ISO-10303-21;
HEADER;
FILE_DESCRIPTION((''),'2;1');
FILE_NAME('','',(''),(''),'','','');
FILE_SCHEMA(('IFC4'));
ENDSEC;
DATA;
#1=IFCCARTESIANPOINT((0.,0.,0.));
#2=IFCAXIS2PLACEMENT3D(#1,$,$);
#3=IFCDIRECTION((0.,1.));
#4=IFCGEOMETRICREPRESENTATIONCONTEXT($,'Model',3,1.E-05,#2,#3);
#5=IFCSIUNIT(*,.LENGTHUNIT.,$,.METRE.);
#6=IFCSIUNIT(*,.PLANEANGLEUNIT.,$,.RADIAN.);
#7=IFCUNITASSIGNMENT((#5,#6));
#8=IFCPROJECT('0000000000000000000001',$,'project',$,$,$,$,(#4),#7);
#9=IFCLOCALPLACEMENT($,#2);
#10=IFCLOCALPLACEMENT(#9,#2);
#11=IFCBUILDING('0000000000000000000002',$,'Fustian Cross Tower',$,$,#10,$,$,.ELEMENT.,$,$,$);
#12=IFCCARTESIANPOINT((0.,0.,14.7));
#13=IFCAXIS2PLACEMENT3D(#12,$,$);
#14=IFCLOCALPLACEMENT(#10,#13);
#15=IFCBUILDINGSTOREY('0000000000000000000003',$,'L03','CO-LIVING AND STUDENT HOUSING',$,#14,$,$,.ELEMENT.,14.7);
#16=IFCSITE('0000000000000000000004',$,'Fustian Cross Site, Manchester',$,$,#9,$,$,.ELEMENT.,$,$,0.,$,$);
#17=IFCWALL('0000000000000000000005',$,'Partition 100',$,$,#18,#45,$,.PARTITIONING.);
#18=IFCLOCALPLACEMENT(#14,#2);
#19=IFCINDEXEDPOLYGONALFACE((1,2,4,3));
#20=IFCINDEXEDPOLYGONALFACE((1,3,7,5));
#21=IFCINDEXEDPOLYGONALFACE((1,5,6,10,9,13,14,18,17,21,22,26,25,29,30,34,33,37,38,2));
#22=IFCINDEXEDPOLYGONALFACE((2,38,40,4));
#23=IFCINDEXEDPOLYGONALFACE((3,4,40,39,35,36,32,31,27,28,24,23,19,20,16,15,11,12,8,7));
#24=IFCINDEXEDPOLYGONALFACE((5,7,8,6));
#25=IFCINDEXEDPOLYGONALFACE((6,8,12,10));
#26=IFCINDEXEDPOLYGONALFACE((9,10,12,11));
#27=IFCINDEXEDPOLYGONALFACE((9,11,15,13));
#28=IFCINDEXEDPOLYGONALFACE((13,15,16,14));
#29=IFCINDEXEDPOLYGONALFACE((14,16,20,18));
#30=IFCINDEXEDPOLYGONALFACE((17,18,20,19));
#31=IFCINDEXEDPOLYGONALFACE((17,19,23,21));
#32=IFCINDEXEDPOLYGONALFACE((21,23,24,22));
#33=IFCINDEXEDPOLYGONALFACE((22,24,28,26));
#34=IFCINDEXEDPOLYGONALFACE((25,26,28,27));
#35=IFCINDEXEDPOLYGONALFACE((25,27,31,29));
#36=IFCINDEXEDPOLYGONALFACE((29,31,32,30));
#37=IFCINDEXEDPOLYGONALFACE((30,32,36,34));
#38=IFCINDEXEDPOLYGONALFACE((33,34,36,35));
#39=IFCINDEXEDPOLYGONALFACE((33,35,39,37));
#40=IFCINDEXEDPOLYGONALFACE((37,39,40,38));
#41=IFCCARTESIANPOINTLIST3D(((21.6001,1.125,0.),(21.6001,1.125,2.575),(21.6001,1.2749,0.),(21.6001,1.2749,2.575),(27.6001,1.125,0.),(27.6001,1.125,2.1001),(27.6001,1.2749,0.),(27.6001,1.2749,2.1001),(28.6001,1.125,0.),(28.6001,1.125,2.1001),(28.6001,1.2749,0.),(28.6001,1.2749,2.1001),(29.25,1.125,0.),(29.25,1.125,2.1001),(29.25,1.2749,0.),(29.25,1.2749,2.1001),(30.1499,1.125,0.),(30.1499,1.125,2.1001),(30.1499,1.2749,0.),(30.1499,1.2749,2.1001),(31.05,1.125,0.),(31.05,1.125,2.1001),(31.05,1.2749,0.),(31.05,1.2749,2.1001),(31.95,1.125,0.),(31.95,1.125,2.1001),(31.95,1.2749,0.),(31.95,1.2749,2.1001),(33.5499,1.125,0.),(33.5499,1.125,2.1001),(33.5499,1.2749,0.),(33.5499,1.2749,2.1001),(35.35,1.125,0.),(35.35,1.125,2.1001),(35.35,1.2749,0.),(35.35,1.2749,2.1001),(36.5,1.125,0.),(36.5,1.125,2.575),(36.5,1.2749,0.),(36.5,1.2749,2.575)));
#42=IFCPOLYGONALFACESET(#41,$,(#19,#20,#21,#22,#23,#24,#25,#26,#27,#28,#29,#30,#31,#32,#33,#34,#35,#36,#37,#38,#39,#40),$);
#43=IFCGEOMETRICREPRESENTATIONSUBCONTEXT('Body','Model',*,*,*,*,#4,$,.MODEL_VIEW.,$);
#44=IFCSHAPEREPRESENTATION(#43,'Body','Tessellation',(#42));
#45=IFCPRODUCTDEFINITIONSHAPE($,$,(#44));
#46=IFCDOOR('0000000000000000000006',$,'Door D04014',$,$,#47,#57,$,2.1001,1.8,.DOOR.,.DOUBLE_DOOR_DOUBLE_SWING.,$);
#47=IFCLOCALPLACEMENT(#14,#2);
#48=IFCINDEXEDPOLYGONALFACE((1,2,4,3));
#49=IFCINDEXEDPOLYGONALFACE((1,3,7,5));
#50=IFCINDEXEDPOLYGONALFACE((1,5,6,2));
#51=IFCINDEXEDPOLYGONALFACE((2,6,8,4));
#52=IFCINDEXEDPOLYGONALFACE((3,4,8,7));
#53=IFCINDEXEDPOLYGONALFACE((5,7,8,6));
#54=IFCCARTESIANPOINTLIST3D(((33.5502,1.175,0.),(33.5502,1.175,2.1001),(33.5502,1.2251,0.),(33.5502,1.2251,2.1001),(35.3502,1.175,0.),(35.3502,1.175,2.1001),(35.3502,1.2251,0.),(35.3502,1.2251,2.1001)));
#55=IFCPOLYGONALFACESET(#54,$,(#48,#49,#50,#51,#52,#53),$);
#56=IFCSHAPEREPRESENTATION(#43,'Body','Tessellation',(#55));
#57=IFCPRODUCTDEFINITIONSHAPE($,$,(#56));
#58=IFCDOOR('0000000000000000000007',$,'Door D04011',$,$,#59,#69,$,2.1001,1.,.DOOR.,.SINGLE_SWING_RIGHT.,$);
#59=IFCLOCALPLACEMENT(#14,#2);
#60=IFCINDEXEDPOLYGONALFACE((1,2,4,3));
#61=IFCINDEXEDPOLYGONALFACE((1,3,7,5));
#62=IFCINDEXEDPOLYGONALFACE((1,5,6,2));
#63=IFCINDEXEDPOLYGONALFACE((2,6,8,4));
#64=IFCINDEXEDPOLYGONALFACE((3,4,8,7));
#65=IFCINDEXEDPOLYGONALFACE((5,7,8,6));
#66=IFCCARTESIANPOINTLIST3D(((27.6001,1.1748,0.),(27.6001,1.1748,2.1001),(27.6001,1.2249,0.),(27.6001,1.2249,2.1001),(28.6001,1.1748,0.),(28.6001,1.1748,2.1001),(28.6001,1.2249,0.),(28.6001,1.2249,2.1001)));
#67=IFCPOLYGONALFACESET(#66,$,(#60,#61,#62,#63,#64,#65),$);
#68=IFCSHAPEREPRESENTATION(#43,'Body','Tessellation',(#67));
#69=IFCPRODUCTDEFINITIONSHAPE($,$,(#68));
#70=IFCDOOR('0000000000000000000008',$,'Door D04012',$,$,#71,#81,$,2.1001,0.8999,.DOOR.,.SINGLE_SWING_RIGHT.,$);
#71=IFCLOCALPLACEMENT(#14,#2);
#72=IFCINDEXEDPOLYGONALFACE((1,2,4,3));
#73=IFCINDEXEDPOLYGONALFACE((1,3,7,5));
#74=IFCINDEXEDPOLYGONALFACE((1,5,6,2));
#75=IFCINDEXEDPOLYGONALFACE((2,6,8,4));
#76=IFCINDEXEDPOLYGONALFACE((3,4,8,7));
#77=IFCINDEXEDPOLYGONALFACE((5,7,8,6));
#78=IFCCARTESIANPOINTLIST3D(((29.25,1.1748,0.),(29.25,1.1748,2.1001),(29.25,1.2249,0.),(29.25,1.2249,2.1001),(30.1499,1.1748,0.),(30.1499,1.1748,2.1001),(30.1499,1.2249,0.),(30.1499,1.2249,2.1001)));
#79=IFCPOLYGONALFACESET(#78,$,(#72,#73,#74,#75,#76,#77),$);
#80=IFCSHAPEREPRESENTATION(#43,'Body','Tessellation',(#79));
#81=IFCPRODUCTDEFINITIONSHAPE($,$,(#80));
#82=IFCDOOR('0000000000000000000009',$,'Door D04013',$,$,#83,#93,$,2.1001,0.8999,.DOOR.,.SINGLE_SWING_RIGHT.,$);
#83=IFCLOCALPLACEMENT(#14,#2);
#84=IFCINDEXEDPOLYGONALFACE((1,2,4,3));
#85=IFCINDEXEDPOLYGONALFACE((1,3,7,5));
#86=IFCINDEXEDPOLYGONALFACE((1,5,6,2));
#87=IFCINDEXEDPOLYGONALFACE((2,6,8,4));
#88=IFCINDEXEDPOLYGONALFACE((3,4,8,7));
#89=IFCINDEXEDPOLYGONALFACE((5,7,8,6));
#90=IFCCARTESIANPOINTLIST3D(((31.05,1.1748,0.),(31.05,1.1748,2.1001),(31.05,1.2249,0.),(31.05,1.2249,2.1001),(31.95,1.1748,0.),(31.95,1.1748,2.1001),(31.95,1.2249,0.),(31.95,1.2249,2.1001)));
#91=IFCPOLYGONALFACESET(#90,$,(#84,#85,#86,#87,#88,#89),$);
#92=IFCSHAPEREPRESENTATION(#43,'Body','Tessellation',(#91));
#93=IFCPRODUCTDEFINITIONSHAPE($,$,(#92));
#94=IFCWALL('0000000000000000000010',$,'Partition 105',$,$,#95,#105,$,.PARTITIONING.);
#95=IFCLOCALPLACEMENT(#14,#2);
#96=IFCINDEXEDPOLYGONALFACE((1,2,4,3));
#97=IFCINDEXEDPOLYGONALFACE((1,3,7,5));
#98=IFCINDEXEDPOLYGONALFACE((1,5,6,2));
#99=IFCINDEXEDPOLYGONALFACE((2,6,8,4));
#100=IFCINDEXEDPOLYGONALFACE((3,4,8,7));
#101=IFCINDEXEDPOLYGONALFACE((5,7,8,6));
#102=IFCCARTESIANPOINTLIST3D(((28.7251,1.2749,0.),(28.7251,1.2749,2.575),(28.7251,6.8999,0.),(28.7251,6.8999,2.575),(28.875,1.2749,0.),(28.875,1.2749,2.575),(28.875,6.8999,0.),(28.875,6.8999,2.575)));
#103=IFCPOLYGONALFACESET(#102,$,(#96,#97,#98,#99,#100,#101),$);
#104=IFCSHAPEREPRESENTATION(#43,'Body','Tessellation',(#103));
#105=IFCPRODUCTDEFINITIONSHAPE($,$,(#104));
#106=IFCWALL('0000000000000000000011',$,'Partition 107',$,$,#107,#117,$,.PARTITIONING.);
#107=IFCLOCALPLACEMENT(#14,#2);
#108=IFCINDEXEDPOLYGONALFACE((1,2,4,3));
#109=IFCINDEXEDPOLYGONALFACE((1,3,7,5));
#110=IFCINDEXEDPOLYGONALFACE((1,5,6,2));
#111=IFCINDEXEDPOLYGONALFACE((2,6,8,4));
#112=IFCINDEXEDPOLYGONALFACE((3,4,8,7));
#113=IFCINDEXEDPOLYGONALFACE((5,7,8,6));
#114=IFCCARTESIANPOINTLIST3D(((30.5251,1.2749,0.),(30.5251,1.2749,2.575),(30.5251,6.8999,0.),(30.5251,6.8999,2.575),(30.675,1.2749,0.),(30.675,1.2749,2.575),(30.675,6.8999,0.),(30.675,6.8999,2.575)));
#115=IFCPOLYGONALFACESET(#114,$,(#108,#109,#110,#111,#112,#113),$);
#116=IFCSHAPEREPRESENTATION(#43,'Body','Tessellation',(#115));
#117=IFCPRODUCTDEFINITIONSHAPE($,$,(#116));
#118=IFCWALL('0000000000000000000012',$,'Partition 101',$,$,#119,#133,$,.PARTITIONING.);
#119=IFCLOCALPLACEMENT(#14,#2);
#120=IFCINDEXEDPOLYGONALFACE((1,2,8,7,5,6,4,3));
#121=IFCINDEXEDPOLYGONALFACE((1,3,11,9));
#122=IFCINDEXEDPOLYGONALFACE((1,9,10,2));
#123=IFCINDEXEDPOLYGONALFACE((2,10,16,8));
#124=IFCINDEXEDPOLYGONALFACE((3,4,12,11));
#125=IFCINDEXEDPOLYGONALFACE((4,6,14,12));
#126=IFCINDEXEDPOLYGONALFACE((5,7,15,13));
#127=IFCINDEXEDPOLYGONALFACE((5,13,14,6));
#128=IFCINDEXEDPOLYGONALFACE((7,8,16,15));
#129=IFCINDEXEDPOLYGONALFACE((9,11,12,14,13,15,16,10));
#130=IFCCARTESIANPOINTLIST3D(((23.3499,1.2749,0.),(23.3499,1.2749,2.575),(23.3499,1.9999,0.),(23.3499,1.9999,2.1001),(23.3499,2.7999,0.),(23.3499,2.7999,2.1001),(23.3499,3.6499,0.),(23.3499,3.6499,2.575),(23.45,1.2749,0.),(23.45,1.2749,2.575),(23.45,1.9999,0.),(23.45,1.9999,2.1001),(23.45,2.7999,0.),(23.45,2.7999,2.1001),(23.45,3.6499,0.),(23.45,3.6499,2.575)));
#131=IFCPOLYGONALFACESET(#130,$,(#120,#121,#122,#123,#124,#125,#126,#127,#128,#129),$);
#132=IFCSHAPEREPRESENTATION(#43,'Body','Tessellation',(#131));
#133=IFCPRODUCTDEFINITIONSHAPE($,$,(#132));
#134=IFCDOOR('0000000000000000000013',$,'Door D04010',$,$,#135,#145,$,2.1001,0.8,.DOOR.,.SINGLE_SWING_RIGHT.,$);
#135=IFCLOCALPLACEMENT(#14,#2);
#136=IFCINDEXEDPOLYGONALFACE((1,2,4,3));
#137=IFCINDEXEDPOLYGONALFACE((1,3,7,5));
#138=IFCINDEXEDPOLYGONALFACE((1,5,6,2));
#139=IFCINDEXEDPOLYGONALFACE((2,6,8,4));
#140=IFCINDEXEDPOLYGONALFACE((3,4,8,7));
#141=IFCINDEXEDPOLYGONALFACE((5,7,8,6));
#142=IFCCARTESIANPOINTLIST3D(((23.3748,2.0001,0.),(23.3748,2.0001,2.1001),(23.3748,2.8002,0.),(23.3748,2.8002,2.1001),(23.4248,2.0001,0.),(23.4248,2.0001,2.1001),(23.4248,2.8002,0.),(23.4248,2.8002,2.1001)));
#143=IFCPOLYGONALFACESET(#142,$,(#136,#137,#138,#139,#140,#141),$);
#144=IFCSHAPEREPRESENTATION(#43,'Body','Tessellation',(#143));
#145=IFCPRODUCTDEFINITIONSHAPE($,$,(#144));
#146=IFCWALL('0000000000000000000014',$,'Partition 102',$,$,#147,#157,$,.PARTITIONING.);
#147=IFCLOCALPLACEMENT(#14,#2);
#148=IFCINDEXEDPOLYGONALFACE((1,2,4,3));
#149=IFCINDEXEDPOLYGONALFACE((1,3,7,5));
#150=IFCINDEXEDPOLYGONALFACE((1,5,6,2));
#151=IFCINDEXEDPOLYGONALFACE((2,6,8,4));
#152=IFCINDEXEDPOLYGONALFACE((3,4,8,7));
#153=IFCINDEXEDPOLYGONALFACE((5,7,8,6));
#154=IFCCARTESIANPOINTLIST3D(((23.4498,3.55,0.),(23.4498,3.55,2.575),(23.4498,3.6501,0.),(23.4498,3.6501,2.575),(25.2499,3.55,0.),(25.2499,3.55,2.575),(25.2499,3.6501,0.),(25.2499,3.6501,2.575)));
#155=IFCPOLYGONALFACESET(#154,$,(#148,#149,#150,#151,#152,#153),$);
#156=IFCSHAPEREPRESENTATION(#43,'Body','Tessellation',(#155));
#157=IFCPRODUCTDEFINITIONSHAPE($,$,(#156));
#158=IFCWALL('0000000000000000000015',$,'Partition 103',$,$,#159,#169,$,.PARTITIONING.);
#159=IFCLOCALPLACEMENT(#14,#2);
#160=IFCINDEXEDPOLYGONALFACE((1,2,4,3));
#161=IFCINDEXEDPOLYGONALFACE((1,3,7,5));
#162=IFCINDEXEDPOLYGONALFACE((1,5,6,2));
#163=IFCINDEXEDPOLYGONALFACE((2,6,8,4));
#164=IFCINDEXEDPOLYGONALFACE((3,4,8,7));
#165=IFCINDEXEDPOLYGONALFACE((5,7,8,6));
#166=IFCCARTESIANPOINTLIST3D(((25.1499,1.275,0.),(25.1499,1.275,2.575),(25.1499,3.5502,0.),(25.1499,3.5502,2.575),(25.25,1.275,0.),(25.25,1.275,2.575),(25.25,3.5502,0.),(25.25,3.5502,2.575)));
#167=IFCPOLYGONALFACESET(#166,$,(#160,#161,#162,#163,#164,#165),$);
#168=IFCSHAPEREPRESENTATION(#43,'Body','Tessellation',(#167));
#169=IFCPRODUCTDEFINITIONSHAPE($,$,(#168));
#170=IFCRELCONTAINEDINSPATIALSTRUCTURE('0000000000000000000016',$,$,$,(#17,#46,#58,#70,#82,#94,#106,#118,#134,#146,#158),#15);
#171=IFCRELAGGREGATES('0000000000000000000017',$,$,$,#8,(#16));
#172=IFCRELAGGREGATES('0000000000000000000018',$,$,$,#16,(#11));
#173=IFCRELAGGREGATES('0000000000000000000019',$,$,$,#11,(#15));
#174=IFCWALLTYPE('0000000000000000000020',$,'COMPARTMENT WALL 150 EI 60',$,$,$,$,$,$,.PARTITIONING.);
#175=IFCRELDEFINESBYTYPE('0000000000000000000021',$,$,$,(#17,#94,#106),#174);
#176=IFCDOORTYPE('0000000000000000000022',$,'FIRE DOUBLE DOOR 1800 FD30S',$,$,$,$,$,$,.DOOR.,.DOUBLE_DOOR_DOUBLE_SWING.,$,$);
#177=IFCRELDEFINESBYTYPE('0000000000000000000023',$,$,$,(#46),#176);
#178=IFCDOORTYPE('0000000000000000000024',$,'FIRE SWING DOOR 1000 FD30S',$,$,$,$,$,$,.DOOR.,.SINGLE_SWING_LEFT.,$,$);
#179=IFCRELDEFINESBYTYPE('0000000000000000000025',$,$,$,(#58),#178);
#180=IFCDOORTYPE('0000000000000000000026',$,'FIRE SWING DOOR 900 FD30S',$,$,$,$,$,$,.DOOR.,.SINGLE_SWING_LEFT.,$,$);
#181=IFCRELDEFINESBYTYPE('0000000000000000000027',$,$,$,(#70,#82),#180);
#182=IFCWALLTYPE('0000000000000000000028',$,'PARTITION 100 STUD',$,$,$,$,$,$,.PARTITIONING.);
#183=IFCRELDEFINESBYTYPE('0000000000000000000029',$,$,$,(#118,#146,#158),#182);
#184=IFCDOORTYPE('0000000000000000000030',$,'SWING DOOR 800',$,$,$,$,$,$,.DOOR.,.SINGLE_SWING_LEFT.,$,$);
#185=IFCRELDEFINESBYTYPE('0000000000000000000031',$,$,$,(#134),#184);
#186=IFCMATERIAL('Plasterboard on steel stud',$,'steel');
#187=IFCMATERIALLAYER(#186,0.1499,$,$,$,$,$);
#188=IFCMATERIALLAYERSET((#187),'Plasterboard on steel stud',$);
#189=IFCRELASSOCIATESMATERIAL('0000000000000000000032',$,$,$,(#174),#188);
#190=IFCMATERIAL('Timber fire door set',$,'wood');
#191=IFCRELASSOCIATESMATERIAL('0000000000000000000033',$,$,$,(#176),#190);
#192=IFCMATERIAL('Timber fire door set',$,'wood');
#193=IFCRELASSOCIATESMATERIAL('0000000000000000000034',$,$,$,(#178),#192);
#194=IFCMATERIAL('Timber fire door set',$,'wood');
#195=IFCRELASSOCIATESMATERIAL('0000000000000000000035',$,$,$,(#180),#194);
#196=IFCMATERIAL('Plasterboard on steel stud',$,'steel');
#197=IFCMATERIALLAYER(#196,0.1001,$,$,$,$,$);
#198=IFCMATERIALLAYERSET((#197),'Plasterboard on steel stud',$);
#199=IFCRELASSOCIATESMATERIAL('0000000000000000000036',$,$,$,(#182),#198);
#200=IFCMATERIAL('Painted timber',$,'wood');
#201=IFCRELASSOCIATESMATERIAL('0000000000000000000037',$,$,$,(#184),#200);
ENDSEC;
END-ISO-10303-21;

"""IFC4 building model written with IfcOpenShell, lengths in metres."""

from ifc_helpers import new_model, si_unit, direction, frame, frame_2d, origin, place, context, subcontext, project, spatial, rectangle, extrude, material, layer, layer_set, type_object, element, fill, save


model = new_model("IFC4")

# Units and contexts
model_context = context("Model", 3, precision=1e-05, world=origin(), true_north=direction((0.0, 1.0)))
body_context = subcontext(model_context, "Body", "Model", "MODEL_VIEW")
ifc_project = project(units=[si_unit("LENGTHUNIT", "METRE"), si_unit("PLANEANGLEUNIT", "RADIAN")], contexts=[model_context])

# Site, building, storey
site_placement = place(None, origin())
site = spatial("IfcSite", under=ifc_project, at=site_placement, Name="Fustian Cross Site, Manchester", CompositionType="ELEMENT", RefElevation=0.0)
building_placement = place(site_placement, origin())
building = spatial("IfcBuilding", under=site, at=building_placement, Name="Fustian Cross Tower", CompositionType="ELEMENT")
storey_placement = place(building_placement, frame((0.0, 0.0, 14.7)))
storey = spatial("IfcBuildingStorey", under=building, at=storey_placement, Name="L03", Description="CO-LIVING AND STUDENT HOUSING", CompositionType="ELEMENT", Elevation=14.7)

# Wall, openings, doors
ifc_material_1 = material(Name="Plasterboard on steel stud", Category="steel")
ifc_layer_1 = layer(ifc_material_1, 0.1499)
ifc_layer_set_1 = layer_set([ifc_layer_1], Name="Plasterboard on steel stud")
wall_type_1 = type_object("IfcWallType", Name="COMPARTMENT WALL 150 EI 60", PredefinedType="PARTITIONING", material=ifc_layer_set_1)
wall_1_placement = place(storey_placement, frame((21.6001, 1.2, 0.0), z_axis=(0.0, 0.0, 1.0), x_axis=(1.0, 0.0, 0.0)))
wall_1 = element("IfcWall", 1, at=wall_1_placement, inside=storey, type_object=wall_type_1, Name="Partition 100", PredefinedType="PARTITIONING", context=body_context, shape_type="SweptSolid", body=[
    extrude(rectangle(XDim=14.8999, YDim=0.1499, at=frame_2d((7.45, 0.0))), origin(), (0.0, 0.0, 1.0), 2.575),
])
opening_1_placement = place(wall_1_placement, frame((6.0, 0.0, 0.0)))
opening_1 = element("IfcOpeningElement", 2, at=opening_1_placement, cuts=wall_1, PredefinedType="OPENING", context=body_context, shape_type="SweptSolid", body=[
    extrude(rectangle(XDim=1.0, YDim=2.1001, at=frame_2d((0.5, 1.05))), frame((0.0, 0.085, 0.0), z_axis=(0.0, -1.0, 0.0), x_axis=(1.0, 0.0, 0.0)), (0.0, 0.0, 1.0), 0.1699),
])
opening_2_placement = place(wall_1_placement, frame((7.6499, 0.0, 0.0)))
opening_2 = element("IfcOpeningElement", 3, at=opening_2_placement, cuts=wall_1, PredefinedType="OPENING", context=body_context, shape_type="SweptSolid", body=[
    extrude(rectangle(XDim=0.8999, YDim=2.1001, at=frame_2d((0.45, 1.05))), frame((0.0, 0.085, 0.0), z_axis=(0.0, -1.0, 0.0), x_axis=(1.0, 0.0, 0.0)), (0.0, 0.0, 1.0), 0.1699),
])
opening_3_placement = place(wall_1_placement, frame((9.45, 0.0, 0.0)))
opening_3 = element("IfcOpeningElement", 4, at=opening_3_placement, cuts=wall_1, PredefinedType="OPENING", context=body_context, shape_type="SweptSolid", body=[
    extrude(rectangle(XDim=0.8999, YDim=2.1001, at=frame_2d((0.45, 1.05))), frame((0.0, 0.085, 0.0), z_axis=(0.0, -1.0, 0.0), x_axis=(1.0, 0.0, 0.0)), (0.0, 0.0, 1.0), 0.1699),
])
opening_4_placement = place(wall_1_placement, frame((11.95, 0.0, 0.0)))
opening_4 = element("IfcOpeningElement", 5, at=opening_4_placement, cuts=wall_1, PredefinedType="OPENING", context=body_context, shape_type="SweptSolid", body=[
    extrude(rectangle(XDim=1.8, YDim=2.1001, at=frame_2d((0.8999, 1.05))), frame((0.0, 0.085, 0.0), z_axis=(0.0, -1.0, 0.0), x_axis=(1.0, 0.0, 0.0)), (0.0, 0.0, 1.0), 0.1699),
])
ifc_material_2 = material(Name="Timber fire door set", Category="wood")
door_type_1 = type_object("IfcDoorType", Name="FIRE DOUBLE DOOR 1800 FD30S", OperationType="DOUBLE_DOOR_DOUBLE_SWING", PredefinedType="DOOR", material=ifc_material_2)
door_1_placement = place(opening_4_placement, frame((1.8, 0.0, 0.0), z_axis=(0.0, 0.0, 1.0), x_axis=(-1.0, 0.0, 0.0)))
door_1 = element("IfcDoor", 6, at=door_1_placement, inside=storey, type_object=door_type_1, Name="Door D04014", OperationType="DOUBLE_DOOR_DOUBLE_SWING", OverallHeight=2.1001, OverallWidth=1.8, PredefinedType="DOOR", context=body_context, shape_type="SweptSolid", body=[
    extrude(rectangle(XDim=1.8, YDim=2.1001, at=frame_2d((0.8999, 1.05))), frame((0.0, 0.0249, 0.0), z_axis=(0.0, -1.0, 0.0), x_axis=(1.0, 0.0, 0.0)), (0.0, 0.0, 1.0), 0.05),
])
fill(opening_4, door_1)
ifc_material_3 = material(Name="Timber fire door set", Category="wood")
door_type_2 = type_object("IfcDoorType", Name="FIRE SWING DOOR 1000 FD30S", OperationType="SINGLE_SWING_LEFT", PredefinedType="DOOR", material=ifc_material_3)
door_2_placement = place(opening_1_placement, origin())
door_2 = element("IfcDoor", 7, at=door_2_placement, inside=storey, type_object=door_type_2, Name="Door D04011", OperationType="SINGLE_SWING_RIGHT", OverallHeight=2.1001, OverallWidth=1.0, PredefinedType="DOOR", context=body_context, shape_type="SweptSolid", body=[
    extrude(rectangle(XDim=1.0, YDim=2.1001, at=frame_2d((0.5, 1.05))), frame((0.0, 0.0249, 0.0), z_axis=(0.0, -1.0, 0.0), x_axis=(1.0, 0.0, 0.0)), (0.0, 0.0, 1.0), 0.05),
])
fill(opening_1, door_2)
ifc_material_4 = material(Name="Timber fire door set", Category="wood")
door_type_3 = type_object("IfcDoorType", Name="FIRE SWING DOOR 900 FD30S", OperationType="SINGLE_SWING_LEFT", PredefinedType="DOOR", material=ifc_material_4)
door_3_placement = place(opening_2_placement, origin())
door_3 = element("IfcDoor", 8, at=door_3_placement, inside=storey, type_object=door_type_3, Name="Door D04012", OperationType="SINGLE_SWING_RIGHT", OverallHeight=2.1001, OverallWidth=0.8999, PredefinedType="DOOR", context=body_context, shape_type="SweptSolid", body=[
    extrude(rectangle(XDim=0.8999, YDim=2.1001, at=frame_2d((0.45, 1.05))), frame((0.0, 0.0249, 0.0), z_axis=(0.0, -1.0, 0.0), x_axis=(1.0, 0.0, 0.0)), (0.0, 0.0, 1.0), 0.05),
])
fill(opening_2, door_3)
door_4_placement = place(opening_3_placement, origin())
door_4 = element("IfcDoor", 9, at=door_4_placement, inside=storey, type_object=door_type_3, Name="Door D04013", OperationType="SINGLE_SWING_RIGHT", OverallHeight=2.1001, OverallWidth=0.8999, PredefinedType="DOOR", context=body_context, shape_type="SweptSolid", body=[
    extrude(rectangle(XDim=0.8999, YDim=2.1001, at=frame_2d((0.45, 1.05))), frame((0.0, 0.0249, 0.0), z_axis=(0.0, -1.0, 0.0), x_axis=(1.0, 0.0, 0.0)), (0.0, 0.0, 1.0), 0.05),
])
fill(opening_3, door_4)

# Walls
for number, where, z_axis, x_axis, name in (
    (10, (28.8, 1.2749, 0.0), (0.0, 0.0, 1.0), (0.0, 1.0, 0.0), "Partition 105"),
    (11, (30.6001, 1.2749, 0.0), (0.0, 0.0, 1.0), (0.0, 1.0, 0.0), "Partition 107"),
):
    element("IfcWall", number, at=place(storey_placement, frame(where, z_axis=z_axis, x_axis=x_axis)), inside=storey, type_object=wall_type_1, Name=name, PredefinedType="PARTITIONING", context=body_context, shape_type="SweptSolid", body=[
        extrude(rectangle(XDim=5.625, YDim=0.1499, at=frame_2d((2.8125, 0.0))), origin(), (0.0, 0.0, 1.0), 2.575),
    ])

# Wall, opening, door
ifc_material_5 = material(Name="Plasterboard on steel stud", Category="steel")
ifc_layer_2 = layer(ifc_material_5, 0.1001)
ifc_layer_set_2 = layer_set([ifc_layer_2], Name="Plasterboard on steel stud")
wall_type_2 = type_object("IfcWallType", Name="PARTITION 100 STUD", PredefinedType="PARTITIONING", material=ifc_layer_set_2)
wall_2_placement = place(storey_placement, frame((23.3999, 1.2749, 0.0), z_axis=(0.0, 0.0, 1.0), x_axis=(0.0, 1.0, 0.0)))
wall_2 = element("IfcWall", 12, at=wall_2_placement, inside=storey, type_object=wall_type_2, Name="Partition 101", PredefinedType="PARTITIONING", context=body_context, shape_type="SweptSolid", body=[
    extrude(rectangle(XDim=2.375, YDim=0.1001, at=frame_2d((1.1875, 0.0))), origin(), (0.0, 0.0, 1.0), 2.575),
])
opening_5_placement = place(wall_2_placement, frame((0.7251, 0.0, 0.0)))
opening_5 = element("IfcOpeningElement", 13, at=opening_5_placement, cuts=wall_2, PredefinedType="OPENING", context=body_context, shape_type="SweptSolid", body=[
    extrude(rectangle(XDim=0.8, YDim=2.1001, at=frame_2d((0.3999, 1.05))), frame((0.0, 0.0601, 0.0), z_axis=(0.0, -1.0, 0.0), x_axis=(1.0, 0.0, 0.0)), (0.0, 0.0, 1.0), 0.1201),
])
ifc_material_6 = material(Name="Painted timber", Category="wood")
door_type_4 = type_object("IfcDoorType", Name="SWING DOOR 800", OperationType="SINGLE_SWING_LEFT", PredefinedType="DOOR", material=ifc_material_6)
door_5_placement = place(opening_5_placement, frame((0.8, 0.0, 0.0), z_axis=(0.0, 0.0, 1.0), x_axis=(-1.0, 0.0, 0.0)))
door_5 = element("IfcDoor", 14, at=door_5_placement, inside=storey, type_object=door_type_4, Name="Door D04010", OperationType="SINGLE_SWING_RIGHT", OverallHeight=2.1001, OverallWidth=0.8, PredefinedType="DOOR", context=body_context, shape_type="SweptSolid", body=[
    extrude(rectangle(XDim=0.8, YDim=2.1001, at=frame_2d((0.3999, 1.05))), frame((0.0, 0.0249, 0.0), z_axis=(0.0, -1.0, 0.0), x_axis=(1.0, 0.0, 0.0)), (0.0, 0.0, 1.0), 0.05),
])
fill(opening_5, door_5)

# Walls
wall_3_placement = place(storey_placement, frame((23.45, 3.6001, 0.0), z_axis=(0.0, 0.0, 1.0), x_axis=(1.0, 0.0, 0.0)))
element("IfcWall", 15, at=wall_3_placement, inside=storey, type_object=wall_type_2, Name="Partition 102", PredefinedType="PARTITIONING", context=body_context, shape_type="SweptSolid", body=[
    extrude(rectangle(XDim=1.8, YDim=0.1001, at=frame_2d((0.8999, 0.0))), origin(), (0.0, 0.0, 1.0), 2.575),
])
wall_4_placement = place(storey_placement, frame((25.2, 1.2749, 0.0), z_axis=(0.0, 0.0, 1.0), x_axis=(0.0, 1.0, 0.0)))
element("IfcWall", 16, at=wall_4_placement, inside=storey, type_object=wall_type_2, Name="Partition 103", PredefinedType="PARTITIONING", context=body_context, shape_type="SweptSolid", body=[
    extrude(rectangle(XDim=2.2751, YDim=0.1001, at=frame_2d((1.1377, 0.0))), origin(), (0.0, 0.0, 1.0), 2.575),
])

save(model, "model.ifc")
